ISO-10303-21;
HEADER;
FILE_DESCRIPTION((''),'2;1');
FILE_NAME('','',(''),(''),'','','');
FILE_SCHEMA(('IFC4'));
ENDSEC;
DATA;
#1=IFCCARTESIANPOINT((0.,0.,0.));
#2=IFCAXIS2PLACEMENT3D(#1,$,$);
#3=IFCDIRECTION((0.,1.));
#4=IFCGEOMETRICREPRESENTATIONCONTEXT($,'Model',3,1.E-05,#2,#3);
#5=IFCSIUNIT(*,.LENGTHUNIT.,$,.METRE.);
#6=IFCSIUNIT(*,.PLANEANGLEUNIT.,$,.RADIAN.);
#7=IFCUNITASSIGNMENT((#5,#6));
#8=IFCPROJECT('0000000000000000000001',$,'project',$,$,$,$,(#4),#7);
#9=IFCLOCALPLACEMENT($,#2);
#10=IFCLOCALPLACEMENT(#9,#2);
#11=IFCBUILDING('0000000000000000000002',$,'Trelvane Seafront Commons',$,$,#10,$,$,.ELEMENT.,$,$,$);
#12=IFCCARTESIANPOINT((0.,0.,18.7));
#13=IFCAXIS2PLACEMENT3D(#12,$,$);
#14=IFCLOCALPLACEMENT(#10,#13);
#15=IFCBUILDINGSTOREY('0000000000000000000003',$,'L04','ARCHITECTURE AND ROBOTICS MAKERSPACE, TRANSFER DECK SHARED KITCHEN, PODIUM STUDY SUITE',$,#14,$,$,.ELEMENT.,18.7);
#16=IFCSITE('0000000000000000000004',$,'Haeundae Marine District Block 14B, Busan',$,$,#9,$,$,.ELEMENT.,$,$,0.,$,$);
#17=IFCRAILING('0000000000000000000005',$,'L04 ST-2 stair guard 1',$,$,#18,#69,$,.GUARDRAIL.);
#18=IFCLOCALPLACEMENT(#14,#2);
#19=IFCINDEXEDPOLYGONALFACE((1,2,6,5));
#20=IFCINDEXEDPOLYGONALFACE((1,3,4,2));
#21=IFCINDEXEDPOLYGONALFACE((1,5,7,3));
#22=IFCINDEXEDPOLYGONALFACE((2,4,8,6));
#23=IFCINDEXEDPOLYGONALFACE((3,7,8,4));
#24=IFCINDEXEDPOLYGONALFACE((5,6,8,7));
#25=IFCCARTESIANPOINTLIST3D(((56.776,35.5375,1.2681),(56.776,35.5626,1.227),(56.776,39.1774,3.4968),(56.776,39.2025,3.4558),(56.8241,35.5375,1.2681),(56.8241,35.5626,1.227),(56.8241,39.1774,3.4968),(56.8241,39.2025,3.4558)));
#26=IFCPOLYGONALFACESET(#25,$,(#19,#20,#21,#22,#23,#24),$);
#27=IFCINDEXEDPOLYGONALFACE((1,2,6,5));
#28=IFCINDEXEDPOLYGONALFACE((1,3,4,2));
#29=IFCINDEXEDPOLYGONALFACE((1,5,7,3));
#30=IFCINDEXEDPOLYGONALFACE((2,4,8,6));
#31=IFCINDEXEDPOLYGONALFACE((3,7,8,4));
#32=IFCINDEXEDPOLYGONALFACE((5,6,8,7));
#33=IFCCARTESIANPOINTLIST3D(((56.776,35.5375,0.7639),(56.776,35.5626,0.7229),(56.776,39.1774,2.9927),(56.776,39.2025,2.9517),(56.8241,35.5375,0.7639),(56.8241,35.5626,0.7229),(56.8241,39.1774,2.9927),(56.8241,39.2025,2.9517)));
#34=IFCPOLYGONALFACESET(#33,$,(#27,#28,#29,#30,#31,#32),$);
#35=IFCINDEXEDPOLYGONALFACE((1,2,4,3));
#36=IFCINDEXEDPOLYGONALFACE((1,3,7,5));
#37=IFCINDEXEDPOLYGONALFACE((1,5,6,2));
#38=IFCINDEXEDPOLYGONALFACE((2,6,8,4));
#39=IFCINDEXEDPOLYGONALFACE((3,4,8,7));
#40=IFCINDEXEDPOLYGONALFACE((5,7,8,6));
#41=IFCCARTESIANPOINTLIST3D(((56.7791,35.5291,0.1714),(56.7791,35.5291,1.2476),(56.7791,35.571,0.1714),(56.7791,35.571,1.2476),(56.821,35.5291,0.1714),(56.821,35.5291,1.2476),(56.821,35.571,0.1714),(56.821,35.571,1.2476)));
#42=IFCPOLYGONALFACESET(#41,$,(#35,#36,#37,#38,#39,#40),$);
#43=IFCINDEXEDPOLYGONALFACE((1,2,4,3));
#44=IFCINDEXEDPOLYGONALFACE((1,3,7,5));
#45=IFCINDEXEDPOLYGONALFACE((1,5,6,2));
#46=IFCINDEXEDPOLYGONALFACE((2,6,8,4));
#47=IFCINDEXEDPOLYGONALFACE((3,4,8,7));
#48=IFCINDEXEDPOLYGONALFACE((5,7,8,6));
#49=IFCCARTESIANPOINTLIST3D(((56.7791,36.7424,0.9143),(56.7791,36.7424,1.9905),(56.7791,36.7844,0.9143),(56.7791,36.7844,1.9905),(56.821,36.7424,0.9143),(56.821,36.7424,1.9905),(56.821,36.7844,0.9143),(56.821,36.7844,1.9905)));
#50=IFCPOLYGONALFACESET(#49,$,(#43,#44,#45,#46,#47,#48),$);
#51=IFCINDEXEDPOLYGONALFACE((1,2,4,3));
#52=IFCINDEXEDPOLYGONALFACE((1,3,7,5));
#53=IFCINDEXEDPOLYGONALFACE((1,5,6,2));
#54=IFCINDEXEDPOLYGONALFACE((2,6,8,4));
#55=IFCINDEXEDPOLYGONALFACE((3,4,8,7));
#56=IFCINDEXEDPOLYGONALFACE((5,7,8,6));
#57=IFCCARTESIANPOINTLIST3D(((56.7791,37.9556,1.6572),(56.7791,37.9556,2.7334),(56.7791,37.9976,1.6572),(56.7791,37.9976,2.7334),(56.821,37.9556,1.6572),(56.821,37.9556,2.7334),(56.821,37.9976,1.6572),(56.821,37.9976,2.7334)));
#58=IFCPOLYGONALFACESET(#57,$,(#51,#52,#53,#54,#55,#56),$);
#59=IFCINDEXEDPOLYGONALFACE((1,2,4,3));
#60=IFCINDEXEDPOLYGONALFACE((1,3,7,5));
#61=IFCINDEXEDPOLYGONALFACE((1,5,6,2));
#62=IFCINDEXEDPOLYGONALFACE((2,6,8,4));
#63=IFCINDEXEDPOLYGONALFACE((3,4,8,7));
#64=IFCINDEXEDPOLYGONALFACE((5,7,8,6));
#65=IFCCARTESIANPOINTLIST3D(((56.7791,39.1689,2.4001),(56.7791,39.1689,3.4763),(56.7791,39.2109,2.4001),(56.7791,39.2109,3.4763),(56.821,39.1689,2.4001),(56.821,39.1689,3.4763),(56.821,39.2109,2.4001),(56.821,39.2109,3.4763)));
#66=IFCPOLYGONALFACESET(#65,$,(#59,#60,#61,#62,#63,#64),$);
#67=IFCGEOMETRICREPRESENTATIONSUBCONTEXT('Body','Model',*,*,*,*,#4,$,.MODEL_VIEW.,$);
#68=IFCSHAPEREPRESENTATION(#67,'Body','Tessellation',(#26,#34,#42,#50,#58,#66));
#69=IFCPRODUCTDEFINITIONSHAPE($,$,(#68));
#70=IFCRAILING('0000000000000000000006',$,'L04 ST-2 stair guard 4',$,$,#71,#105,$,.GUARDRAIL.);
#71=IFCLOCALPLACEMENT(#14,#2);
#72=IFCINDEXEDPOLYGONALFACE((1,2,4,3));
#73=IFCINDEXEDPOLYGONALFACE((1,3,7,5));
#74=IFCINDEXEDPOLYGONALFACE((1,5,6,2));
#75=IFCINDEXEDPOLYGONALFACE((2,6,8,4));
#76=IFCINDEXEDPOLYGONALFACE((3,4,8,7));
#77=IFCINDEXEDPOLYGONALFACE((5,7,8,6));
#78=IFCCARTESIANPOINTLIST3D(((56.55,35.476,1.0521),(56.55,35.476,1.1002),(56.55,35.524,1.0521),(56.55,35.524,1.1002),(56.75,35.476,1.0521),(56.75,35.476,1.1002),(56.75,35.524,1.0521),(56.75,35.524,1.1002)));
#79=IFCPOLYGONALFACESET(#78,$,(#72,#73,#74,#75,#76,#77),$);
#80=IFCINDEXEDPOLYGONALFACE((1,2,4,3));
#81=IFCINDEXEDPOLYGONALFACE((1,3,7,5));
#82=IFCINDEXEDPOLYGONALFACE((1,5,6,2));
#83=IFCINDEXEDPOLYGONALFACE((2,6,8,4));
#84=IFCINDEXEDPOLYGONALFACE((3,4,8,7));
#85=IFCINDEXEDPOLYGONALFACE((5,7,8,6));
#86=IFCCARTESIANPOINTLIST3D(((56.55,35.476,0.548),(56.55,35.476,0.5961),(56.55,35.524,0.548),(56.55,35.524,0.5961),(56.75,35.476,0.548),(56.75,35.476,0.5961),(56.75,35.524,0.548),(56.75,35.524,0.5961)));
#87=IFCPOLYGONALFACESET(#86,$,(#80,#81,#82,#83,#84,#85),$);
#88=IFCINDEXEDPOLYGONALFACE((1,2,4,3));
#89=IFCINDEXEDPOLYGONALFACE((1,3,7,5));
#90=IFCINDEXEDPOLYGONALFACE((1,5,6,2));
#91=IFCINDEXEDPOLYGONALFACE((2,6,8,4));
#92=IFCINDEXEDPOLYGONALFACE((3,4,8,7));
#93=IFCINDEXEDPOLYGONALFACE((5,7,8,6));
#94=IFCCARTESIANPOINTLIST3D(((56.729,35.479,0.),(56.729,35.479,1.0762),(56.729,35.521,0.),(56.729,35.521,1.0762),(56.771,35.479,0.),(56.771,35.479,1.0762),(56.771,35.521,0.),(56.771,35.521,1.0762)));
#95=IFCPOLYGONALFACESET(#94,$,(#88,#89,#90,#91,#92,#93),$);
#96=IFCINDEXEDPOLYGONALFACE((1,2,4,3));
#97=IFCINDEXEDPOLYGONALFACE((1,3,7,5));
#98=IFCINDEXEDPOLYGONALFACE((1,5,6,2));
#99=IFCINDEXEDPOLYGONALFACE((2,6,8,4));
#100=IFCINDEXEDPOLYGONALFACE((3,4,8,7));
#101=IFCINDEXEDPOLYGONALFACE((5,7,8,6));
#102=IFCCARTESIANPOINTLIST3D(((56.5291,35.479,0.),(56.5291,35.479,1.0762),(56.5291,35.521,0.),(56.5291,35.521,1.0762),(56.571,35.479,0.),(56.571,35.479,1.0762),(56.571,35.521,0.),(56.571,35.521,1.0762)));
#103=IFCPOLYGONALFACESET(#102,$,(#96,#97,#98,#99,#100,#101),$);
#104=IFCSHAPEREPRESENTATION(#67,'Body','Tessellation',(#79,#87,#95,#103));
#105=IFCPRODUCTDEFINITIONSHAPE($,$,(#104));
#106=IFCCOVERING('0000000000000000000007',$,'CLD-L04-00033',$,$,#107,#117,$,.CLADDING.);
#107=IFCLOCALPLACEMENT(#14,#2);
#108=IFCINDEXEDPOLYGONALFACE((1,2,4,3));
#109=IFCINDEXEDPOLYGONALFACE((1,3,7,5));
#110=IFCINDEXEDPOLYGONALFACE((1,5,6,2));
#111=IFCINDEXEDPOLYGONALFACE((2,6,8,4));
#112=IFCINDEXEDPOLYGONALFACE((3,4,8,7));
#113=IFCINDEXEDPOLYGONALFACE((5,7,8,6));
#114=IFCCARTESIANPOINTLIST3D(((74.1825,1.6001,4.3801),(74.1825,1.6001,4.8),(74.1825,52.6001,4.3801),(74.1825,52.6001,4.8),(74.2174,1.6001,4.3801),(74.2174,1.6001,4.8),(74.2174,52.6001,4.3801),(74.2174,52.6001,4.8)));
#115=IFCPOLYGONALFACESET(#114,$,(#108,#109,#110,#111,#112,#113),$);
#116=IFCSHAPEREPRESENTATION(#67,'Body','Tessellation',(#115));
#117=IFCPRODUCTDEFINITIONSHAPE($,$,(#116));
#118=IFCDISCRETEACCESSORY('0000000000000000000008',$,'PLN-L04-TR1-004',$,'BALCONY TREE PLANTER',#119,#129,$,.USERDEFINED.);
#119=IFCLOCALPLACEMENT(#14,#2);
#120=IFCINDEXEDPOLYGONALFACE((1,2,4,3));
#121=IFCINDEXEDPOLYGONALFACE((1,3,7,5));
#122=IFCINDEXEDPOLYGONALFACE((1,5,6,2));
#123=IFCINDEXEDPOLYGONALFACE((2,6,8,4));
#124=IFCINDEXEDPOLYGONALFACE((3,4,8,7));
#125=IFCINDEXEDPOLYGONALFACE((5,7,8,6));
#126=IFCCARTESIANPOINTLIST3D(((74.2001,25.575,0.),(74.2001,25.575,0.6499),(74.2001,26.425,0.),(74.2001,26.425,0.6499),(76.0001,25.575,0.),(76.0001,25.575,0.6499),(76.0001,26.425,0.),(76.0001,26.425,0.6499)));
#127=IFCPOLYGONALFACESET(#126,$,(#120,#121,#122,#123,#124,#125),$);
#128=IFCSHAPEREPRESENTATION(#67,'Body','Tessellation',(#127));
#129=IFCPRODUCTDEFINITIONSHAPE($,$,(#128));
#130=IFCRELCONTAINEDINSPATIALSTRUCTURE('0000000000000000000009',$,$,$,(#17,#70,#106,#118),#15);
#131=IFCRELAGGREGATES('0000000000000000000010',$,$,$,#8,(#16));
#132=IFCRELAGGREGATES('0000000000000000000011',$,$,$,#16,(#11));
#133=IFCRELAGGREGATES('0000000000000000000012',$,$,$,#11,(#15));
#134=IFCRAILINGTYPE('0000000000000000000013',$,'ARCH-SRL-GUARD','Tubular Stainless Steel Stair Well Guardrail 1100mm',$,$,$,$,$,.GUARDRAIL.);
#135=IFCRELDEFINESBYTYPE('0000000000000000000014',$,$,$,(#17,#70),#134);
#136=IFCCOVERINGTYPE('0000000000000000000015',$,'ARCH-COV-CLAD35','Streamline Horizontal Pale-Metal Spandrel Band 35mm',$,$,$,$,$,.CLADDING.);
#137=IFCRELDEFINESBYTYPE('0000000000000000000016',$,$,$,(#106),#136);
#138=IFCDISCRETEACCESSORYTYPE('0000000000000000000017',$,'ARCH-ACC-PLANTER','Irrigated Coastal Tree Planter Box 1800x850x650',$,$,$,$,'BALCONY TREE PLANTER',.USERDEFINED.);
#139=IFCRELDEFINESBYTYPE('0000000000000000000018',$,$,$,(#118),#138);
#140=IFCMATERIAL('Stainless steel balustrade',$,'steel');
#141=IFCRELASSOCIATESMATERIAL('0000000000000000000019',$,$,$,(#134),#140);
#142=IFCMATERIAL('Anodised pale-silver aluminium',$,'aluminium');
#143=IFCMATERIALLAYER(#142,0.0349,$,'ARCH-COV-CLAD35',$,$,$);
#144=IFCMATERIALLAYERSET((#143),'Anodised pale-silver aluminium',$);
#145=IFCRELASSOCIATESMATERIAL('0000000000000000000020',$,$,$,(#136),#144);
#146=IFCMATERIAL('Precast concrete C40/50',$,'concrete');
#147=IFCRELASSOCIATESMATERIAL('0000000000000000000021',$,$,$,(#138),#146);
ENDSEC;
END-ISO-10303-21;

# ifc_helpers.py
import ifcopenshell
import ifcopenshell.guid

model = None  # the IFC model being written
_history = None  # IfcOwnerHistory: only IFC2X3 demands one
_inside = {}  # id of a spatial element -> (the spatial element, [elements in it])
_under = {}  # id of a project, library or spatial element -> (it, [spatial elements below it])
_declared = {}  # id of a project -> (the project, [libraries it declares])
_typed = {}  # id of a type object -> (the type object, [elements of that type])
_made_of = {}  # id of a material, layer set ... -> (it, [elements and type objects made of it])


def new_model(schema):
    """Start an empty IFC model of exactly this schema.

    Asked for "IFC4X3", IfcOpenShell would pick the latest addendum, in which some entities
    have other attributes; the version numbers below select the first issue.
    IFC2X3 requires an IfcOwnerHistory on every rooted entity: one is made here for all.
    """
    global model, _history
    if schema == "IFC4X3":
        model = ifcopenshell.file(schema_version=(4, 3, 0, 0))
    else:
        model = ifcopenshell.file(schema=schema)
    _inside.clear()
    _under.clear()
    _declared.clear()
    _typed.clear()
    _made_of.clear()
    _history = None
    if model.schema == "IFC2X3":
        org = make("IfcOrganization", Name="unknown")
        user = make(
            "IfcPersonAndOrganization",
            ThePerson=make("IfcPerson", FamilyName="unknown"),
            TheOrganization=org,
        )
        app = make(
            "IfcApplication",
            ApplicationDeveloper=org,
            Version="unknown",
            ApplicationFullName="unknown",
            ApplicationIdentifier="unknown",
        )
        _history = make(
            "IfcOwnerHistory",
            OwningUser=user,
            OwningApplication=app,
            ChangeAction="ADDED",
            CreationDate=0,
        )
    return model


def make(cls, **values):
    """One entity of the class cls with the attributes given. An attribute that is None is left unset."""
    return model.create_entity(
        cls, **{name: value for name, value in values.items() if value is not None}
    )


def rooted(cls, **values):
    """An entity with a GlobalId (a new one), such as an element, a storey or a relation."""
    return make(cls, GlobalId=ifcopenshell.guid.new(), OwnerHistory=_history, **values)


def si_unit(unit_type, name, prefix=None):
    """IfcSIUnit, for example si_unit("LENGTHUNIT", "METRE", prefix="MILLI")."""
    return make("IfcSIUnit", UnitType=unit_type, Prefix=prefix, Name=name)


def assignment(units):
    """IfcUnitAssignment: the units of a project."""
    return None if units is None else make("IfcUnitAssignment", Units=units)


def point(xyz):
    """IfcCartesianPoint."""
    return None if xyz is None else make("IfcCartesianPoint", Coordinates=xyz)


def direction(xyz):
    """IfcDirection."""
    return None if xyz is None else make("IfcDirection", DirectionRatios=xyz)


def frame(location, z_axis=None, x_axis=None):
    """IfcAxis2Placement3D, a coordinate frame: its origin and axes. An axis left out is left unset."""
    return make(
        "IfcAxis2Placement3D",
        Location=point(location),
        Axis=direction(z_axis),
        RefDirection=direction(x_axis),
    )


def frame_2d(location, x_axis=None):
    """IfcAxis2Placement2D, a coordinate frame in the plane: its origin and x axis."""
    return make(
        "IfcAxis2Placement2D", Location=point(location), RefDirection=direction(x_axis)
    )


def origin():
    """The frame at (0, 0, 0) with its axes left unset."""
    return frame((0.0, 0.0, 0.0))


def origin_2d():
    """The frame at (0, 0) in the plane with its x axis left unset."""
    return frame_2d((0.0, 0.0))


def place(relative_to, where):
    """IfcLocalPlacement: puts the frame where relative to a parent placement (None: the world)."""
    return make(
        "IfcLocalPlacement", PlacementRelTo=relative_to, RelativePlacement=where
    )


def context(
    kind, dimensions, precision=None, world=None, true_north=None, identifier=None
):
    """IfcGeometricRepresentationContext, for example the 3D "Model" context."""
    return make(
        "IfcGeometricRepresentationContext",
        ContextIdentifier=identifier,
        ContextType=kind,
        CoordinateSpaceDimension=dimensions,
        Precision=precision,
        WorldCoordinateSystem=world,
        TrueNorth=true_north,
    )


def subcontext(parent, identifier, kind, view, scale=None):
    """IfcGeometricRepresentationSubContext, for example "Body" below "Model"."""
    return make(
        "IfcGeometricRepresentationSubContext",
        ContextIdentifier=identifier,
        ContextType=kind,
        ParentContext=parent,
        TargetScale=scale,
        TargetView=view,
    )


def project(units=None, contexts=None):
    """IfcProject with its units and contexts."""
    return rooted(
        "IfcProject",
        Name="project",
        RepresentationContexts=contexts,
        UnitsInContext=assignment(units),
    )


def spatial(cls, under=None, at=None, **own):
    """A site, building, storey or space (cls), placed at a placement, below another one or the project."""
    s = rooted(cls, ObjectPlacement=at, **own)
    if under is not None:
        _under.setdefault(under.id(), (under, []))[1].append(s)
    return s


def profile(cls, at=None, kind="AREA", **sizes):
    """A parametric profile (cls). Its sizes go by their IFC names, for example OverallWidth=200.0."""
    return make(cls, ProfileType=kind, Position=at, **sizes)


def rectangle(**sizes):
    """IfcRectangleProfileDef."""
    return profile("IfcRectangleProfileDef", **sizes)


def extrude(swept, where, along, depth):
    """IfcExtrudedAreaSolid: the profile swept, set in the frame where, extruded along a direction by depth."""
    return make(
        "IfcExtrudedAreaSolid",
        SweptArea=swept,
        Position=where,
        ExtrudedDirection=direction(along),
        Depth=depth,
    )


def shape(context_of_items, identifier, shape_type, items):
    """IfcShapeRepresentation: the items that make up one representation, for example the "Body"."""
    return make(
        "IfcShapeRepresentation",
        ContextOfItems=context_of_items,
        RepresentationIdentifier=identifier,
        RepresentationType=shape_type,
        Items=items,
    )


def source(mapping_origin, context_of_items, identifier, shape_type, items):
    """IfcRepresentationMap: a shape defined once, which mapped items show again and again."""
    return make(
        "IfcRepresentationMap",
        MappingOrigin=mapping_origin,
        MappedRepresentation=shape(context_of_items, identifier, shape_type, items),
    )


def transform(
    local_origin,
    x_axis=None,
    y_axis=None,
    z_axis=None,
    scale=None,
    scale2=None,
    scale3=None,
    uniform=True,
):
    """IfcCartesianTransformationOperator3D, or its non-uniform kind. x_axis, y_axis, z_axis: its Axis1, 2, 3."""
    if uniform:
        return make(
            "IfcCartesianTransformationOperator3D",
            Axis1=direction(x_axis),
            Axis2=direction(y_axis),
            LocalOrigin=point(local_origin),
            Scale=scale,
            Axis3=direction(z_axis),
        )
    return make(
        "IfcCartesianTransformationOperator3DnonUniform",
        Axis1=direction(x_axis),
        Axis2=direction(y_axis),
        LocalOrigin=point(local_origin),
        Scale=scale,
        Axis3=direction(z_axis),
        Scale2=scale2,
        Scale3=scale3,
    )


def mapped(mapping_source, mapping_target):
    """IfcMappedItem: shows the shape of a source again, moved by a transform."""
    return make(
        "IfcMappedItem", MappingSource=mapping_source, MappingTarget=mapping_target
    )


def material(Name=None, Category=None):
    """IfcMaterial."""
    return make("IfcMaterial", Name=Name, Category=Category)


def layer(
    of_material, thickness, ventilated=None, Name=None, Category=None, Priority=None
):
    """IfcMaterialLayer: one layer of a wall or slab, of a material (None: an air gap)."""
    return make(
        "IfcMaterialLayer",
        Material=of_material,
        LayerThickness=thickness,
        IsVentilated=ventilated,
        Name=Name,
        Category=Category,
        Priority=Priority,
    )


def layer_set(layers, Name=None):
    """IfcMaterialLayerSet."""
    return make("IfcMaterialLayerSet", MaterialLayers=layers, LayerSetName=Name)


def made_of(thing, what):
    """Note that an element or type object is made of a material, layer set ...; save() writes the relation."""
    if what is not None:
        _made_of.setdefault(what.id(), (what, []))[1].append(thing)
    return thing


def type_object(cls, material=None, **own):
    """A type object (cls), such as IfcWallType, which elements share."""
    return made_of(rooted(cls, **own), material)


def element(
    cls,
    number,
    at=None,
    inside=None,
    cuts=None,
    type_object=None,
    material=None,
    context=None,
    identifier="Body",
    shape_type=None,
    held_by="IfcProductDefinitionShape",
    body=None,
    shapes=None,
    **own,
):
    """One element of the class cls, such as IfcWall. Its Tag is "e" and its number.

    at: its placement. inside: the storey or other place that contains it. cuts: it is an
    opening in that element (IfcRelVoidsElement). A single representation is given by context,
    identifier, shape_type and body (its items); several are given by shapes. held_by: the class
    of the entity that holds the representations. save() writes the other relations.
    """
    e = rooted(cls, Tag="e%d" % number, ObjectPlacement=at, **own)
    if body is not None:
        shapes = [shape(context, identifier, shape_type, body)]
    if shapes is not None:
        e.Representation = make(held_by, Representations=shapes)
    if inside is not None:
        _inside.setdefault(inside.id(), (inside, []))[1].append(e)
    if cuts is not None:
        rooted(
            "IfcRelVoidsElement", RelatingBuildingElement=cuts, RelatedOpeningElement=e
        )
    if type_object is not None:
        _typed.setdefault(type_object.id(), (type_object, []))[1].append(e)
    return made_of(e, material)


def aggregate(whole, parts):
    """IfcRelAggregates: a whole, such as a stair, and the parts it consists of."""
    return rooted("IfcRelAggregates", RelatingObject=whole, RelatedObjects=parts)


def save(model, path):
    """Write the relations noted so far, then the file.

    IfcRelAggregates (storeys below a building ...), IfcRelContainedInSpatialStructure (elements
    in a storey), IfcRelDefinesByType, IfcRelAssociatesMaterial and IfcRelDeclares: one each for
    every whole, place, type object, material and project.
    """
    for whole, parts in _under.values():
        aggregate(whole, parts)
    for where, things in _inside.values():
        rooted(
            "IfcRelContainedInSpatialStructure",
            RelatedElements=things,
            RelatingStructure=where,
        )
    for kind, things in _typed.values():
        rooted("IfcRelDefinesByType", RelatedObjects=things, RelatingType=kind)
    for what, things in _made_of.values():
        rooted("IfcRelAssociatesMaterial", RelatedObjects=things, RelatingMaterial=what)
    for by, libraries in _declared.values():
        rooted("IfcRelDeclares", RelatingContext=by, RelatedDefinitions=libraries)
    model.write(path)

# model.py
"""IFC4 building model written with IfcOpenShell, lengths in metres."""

from ifc_helpers import new_model, si_unit, direction, frame, origin, origin_2d, place, context, subcontext, project, spatial, rectangle, extrude, source, transform, mapped, material, layer, layer_set, type_object, element, save


model = new_model("IFC4")

# Units and contexts
model_context = context("Model", 3, precision=1e-05, world=origin(), true_north=direction((0.0, 1.0)))
body_context = subcontext(model_context, "Body", "Model", "MODEL_VIEW")
ifc_project = project(units=[si_unit("LENGTHUNIT", "METRE"), si_unit("PLANEANGLEUNIT", "RADIAN")], contexts=[model_context])

# Site, building, storey
site_placement = place(None, origin())
site = spatial("IfcSite", under=ifc_project, at=site_placement, Name="Haeundae Marine District Block 14B, Busan", CompositionType="ELEMENT", RefElevation=0.0)
building_placement = place(site_placement, origin())
building = spatial("IfcBuilding", under=site, at=building_placement, Name="Trelvane Seafront Commons", CompositionType="ELEMENT")
storey_placement = place(building_placement, frame((0.0, 0.0, 18.7)))
storey = spatial("IfcBuildingStorey", under=building, at=storey_placement, Name="L04", Description="ARCHITECTURE AND ROBOTICS MAKERSPACE, TRANSFER DECK SHARED KITCHEN, PODIUM STUDY SUITE", CompositionType="ELEMENT", Elevation=18.7)

# Shared definitions
ifc_material_1 = material(Name="Anodised pale-silver aluminium", Category="aluminium")

# Railings
ifc_material_2 = material(Name="Stainless steel balustrade", Category="steel")
railing_type = type_object("IfcRailingType", Name="ARCH-SRL-GUARD", Description="Tubular Stainless Steel Stair Well Guardrail 1100mm", PredefinedType="GUARDRAIL", material=ifc_material_2)
railing_1_placement = place(storey_placement, frame((56.8, 35.55, 0.1714)))
element("IfcRailing", 1, at=railing_1_placement, inside=storey, type_object=railing_type, Name="L04 ST-2 stair guard 1", PredefinedType="GUARDRAIL", context=body_context, shape_type="SweptSolid", body=[
    extrude(rectangle(XDim=0.0481, YDim=0.0481, at=origin_2d()), frame((0.0, 0.0, 1.0762), z_axis=(0.0, 0.852825, 0.522197), x_axis=(-1.0, 0.0, 0.0)), (0.0, 0.0, 1.0), 4.2681),
    extrude(rectangle(XDim=0.0481, YDim=0.0481, at=origin_2d()), frame((0.0, 0.0, 0.572), z_axis=(0.0, 0.852825, 0.522197), x_axis=(-1.0, 0.0, 0.0)), (0.0, 0.0, 1.0), 4.2681),
    extrude(rectangle(XDim=0.042, YDim=0.042, at=origin_2d()), origin(), (0.0, 0.0, 1.0), 1.0762),
    extrude(rectangle(XDim=0.042, YDim=0.042, at=origin_2d()), frame((0.0, 1.2134, 0.7429)), (0.0, 0.0, 1.0), 1.0762),
    extrude(rectangle(XDim=0.042, YDim=0.042, at=origin_2d()), frame((0.0, 2.4265, 1.4858)), (0.0, 0.0, 1.0), 1.0762),
    extrude(rectangle(XDim=0.042, YDim=0.042, at=origin_2d()), frame((0.0, 3.6399, 2.2288)), (0.0, 0.0, 1.0), 1.0762),
])
railing_2_placement = place(storey_placement, frame((56.75, 35.5, 0.0)))
element("IfcRailing", 2, at=railing_2_placement, inside=storey, type_object=railing_type, Name="L04 ST-2 stair guard 4", PredefinedType="GUARDRAIL", context=body_context, shape_type="SweptSolid", body=[
    extrude(rectangle(XDim=0.0481, YDim=0.0481, at=origin_2d()), frame((0.0, 0.0, 1.0762), z_axis=(-1.0, 0.0, 0.0), x_axis=(0.0, -1.0, 0.0)), (0.0, 0.0, 1.0), 0.2),
    extrude(rectangle(XDim=0.0481, YDim=0.0481, at=origin_2d()), frame((0.0, 0.0, 0.572), z_axis=(-1.0, 0.0, 0.0), x_axis=(0.0, -1.0, 0.0)), (0.0, 0.0, 1.0), 0.2),
    extrude(rectangle(XDim=0.042, YDim=0.042, at=origin_2d()), origin(), (0.0, 0.0, 1.0), 1.0762),
    extrude(rectangle(XDim=0.042, YDim=0.042, at=origin_2d()), frame((-0.2, 0.0, 0.0)), (0.0, 0.0, 1.0), 1.0762),
])

# Covering
ifc_layer_1 = layer(ifc_material_1, 0.0349, Name="ARCH-COV-CLAD35")
ifc_layer_set_1 = layer_set([ifc_layer_1], Name="Anodised pale-silver aluminium")
covering_type = type_object("IfcCoveringType", Name="ARCH-COV-CLAD35", Description="Streamline Horizontal Pale-Metal Spandrel Band 35mm", PredefinedType="CLADDING", material=ifc_layer_set_1)
shared_shape_1 = source(origin(), body_context, "Body", "SweptSolid", [
    extrude(rectangle(XDim=51.0, YDim=0.0349, at=origin_2d()), origin(), (0.0, 0.0, 1.0), 0.4199),
])
covering_placement = place(storey_placement, frame((74.2, 27.1001, 4.3801), z_axis=(0.0, 0.0, 1.0), x_axis=(0.0, -1.0, 0.0)))
element("IfcCovering", 3, at=covering_placement, inside=storey, type_object=covering_type, Name="CLD-L04-00033", PredefinedType="CLADDING", context=body_context, shape_type="MappedRepresentation", body=[
    mapped(shared_shape_1, transform((0.0, 0.0, 0.0), x_axis=(1.0, 0.0, 0.0), y_axis=(0.0, 1.0, 0.0), z_axis=(0.0, 0.0, 1.0), scale=1.0)),
])

# Discrete accessory
ifc_material_3 = material(Name="Precast concrete C40/50", Category="concrete")
discrete_accessory_type = type_object("IfcDiscreteAccessoryType", Name="ARCH-ACC-PLANTER", Description="Irrigated Coastal Tree Planter Box 1800x850x650", ElementType="BALCONY TREE PLANTER", PredefinedType="USERDEFINED", material=ifc_material_3)
shared_shape_2 = source(origin(), body_context, "Body", "SweptSolid", [
    extrude(rectangle(XDim=1.8, YDim=0.8501, at=origin_2d()), origin(), (0.0, 0.0, 1.0), 0.6499),
])
discrete_accessory_placement = place(storey_placement, frame((75.1001, 26.0, 0.0), z_axis=(0.0, 0.0, 1.0), x_axis=(1.0, 0.0, 0.0)))
element("IfcDiscreteAccessory", 4, at=discrete_accessory_placement, inside=storey, type_object=discrete_accessory_type, Name="PLN-L04-TR1-004", ObjectType="BALCONY TREE PLANTER", PredefinedType="USERDEFINED", context=body_context, shape_type="MappedRepresentation", body=[
    mapped(shared_shape_2, transform((0.0, 0.0, 0.0), x_axis=(1.0, 0.0, 0.0), y_axis=(0.0, 1.0, 0.0), z_axis=(0.0, 0.0, 1.0), scale=1.0)),
])

save(model, "model.ifc")
